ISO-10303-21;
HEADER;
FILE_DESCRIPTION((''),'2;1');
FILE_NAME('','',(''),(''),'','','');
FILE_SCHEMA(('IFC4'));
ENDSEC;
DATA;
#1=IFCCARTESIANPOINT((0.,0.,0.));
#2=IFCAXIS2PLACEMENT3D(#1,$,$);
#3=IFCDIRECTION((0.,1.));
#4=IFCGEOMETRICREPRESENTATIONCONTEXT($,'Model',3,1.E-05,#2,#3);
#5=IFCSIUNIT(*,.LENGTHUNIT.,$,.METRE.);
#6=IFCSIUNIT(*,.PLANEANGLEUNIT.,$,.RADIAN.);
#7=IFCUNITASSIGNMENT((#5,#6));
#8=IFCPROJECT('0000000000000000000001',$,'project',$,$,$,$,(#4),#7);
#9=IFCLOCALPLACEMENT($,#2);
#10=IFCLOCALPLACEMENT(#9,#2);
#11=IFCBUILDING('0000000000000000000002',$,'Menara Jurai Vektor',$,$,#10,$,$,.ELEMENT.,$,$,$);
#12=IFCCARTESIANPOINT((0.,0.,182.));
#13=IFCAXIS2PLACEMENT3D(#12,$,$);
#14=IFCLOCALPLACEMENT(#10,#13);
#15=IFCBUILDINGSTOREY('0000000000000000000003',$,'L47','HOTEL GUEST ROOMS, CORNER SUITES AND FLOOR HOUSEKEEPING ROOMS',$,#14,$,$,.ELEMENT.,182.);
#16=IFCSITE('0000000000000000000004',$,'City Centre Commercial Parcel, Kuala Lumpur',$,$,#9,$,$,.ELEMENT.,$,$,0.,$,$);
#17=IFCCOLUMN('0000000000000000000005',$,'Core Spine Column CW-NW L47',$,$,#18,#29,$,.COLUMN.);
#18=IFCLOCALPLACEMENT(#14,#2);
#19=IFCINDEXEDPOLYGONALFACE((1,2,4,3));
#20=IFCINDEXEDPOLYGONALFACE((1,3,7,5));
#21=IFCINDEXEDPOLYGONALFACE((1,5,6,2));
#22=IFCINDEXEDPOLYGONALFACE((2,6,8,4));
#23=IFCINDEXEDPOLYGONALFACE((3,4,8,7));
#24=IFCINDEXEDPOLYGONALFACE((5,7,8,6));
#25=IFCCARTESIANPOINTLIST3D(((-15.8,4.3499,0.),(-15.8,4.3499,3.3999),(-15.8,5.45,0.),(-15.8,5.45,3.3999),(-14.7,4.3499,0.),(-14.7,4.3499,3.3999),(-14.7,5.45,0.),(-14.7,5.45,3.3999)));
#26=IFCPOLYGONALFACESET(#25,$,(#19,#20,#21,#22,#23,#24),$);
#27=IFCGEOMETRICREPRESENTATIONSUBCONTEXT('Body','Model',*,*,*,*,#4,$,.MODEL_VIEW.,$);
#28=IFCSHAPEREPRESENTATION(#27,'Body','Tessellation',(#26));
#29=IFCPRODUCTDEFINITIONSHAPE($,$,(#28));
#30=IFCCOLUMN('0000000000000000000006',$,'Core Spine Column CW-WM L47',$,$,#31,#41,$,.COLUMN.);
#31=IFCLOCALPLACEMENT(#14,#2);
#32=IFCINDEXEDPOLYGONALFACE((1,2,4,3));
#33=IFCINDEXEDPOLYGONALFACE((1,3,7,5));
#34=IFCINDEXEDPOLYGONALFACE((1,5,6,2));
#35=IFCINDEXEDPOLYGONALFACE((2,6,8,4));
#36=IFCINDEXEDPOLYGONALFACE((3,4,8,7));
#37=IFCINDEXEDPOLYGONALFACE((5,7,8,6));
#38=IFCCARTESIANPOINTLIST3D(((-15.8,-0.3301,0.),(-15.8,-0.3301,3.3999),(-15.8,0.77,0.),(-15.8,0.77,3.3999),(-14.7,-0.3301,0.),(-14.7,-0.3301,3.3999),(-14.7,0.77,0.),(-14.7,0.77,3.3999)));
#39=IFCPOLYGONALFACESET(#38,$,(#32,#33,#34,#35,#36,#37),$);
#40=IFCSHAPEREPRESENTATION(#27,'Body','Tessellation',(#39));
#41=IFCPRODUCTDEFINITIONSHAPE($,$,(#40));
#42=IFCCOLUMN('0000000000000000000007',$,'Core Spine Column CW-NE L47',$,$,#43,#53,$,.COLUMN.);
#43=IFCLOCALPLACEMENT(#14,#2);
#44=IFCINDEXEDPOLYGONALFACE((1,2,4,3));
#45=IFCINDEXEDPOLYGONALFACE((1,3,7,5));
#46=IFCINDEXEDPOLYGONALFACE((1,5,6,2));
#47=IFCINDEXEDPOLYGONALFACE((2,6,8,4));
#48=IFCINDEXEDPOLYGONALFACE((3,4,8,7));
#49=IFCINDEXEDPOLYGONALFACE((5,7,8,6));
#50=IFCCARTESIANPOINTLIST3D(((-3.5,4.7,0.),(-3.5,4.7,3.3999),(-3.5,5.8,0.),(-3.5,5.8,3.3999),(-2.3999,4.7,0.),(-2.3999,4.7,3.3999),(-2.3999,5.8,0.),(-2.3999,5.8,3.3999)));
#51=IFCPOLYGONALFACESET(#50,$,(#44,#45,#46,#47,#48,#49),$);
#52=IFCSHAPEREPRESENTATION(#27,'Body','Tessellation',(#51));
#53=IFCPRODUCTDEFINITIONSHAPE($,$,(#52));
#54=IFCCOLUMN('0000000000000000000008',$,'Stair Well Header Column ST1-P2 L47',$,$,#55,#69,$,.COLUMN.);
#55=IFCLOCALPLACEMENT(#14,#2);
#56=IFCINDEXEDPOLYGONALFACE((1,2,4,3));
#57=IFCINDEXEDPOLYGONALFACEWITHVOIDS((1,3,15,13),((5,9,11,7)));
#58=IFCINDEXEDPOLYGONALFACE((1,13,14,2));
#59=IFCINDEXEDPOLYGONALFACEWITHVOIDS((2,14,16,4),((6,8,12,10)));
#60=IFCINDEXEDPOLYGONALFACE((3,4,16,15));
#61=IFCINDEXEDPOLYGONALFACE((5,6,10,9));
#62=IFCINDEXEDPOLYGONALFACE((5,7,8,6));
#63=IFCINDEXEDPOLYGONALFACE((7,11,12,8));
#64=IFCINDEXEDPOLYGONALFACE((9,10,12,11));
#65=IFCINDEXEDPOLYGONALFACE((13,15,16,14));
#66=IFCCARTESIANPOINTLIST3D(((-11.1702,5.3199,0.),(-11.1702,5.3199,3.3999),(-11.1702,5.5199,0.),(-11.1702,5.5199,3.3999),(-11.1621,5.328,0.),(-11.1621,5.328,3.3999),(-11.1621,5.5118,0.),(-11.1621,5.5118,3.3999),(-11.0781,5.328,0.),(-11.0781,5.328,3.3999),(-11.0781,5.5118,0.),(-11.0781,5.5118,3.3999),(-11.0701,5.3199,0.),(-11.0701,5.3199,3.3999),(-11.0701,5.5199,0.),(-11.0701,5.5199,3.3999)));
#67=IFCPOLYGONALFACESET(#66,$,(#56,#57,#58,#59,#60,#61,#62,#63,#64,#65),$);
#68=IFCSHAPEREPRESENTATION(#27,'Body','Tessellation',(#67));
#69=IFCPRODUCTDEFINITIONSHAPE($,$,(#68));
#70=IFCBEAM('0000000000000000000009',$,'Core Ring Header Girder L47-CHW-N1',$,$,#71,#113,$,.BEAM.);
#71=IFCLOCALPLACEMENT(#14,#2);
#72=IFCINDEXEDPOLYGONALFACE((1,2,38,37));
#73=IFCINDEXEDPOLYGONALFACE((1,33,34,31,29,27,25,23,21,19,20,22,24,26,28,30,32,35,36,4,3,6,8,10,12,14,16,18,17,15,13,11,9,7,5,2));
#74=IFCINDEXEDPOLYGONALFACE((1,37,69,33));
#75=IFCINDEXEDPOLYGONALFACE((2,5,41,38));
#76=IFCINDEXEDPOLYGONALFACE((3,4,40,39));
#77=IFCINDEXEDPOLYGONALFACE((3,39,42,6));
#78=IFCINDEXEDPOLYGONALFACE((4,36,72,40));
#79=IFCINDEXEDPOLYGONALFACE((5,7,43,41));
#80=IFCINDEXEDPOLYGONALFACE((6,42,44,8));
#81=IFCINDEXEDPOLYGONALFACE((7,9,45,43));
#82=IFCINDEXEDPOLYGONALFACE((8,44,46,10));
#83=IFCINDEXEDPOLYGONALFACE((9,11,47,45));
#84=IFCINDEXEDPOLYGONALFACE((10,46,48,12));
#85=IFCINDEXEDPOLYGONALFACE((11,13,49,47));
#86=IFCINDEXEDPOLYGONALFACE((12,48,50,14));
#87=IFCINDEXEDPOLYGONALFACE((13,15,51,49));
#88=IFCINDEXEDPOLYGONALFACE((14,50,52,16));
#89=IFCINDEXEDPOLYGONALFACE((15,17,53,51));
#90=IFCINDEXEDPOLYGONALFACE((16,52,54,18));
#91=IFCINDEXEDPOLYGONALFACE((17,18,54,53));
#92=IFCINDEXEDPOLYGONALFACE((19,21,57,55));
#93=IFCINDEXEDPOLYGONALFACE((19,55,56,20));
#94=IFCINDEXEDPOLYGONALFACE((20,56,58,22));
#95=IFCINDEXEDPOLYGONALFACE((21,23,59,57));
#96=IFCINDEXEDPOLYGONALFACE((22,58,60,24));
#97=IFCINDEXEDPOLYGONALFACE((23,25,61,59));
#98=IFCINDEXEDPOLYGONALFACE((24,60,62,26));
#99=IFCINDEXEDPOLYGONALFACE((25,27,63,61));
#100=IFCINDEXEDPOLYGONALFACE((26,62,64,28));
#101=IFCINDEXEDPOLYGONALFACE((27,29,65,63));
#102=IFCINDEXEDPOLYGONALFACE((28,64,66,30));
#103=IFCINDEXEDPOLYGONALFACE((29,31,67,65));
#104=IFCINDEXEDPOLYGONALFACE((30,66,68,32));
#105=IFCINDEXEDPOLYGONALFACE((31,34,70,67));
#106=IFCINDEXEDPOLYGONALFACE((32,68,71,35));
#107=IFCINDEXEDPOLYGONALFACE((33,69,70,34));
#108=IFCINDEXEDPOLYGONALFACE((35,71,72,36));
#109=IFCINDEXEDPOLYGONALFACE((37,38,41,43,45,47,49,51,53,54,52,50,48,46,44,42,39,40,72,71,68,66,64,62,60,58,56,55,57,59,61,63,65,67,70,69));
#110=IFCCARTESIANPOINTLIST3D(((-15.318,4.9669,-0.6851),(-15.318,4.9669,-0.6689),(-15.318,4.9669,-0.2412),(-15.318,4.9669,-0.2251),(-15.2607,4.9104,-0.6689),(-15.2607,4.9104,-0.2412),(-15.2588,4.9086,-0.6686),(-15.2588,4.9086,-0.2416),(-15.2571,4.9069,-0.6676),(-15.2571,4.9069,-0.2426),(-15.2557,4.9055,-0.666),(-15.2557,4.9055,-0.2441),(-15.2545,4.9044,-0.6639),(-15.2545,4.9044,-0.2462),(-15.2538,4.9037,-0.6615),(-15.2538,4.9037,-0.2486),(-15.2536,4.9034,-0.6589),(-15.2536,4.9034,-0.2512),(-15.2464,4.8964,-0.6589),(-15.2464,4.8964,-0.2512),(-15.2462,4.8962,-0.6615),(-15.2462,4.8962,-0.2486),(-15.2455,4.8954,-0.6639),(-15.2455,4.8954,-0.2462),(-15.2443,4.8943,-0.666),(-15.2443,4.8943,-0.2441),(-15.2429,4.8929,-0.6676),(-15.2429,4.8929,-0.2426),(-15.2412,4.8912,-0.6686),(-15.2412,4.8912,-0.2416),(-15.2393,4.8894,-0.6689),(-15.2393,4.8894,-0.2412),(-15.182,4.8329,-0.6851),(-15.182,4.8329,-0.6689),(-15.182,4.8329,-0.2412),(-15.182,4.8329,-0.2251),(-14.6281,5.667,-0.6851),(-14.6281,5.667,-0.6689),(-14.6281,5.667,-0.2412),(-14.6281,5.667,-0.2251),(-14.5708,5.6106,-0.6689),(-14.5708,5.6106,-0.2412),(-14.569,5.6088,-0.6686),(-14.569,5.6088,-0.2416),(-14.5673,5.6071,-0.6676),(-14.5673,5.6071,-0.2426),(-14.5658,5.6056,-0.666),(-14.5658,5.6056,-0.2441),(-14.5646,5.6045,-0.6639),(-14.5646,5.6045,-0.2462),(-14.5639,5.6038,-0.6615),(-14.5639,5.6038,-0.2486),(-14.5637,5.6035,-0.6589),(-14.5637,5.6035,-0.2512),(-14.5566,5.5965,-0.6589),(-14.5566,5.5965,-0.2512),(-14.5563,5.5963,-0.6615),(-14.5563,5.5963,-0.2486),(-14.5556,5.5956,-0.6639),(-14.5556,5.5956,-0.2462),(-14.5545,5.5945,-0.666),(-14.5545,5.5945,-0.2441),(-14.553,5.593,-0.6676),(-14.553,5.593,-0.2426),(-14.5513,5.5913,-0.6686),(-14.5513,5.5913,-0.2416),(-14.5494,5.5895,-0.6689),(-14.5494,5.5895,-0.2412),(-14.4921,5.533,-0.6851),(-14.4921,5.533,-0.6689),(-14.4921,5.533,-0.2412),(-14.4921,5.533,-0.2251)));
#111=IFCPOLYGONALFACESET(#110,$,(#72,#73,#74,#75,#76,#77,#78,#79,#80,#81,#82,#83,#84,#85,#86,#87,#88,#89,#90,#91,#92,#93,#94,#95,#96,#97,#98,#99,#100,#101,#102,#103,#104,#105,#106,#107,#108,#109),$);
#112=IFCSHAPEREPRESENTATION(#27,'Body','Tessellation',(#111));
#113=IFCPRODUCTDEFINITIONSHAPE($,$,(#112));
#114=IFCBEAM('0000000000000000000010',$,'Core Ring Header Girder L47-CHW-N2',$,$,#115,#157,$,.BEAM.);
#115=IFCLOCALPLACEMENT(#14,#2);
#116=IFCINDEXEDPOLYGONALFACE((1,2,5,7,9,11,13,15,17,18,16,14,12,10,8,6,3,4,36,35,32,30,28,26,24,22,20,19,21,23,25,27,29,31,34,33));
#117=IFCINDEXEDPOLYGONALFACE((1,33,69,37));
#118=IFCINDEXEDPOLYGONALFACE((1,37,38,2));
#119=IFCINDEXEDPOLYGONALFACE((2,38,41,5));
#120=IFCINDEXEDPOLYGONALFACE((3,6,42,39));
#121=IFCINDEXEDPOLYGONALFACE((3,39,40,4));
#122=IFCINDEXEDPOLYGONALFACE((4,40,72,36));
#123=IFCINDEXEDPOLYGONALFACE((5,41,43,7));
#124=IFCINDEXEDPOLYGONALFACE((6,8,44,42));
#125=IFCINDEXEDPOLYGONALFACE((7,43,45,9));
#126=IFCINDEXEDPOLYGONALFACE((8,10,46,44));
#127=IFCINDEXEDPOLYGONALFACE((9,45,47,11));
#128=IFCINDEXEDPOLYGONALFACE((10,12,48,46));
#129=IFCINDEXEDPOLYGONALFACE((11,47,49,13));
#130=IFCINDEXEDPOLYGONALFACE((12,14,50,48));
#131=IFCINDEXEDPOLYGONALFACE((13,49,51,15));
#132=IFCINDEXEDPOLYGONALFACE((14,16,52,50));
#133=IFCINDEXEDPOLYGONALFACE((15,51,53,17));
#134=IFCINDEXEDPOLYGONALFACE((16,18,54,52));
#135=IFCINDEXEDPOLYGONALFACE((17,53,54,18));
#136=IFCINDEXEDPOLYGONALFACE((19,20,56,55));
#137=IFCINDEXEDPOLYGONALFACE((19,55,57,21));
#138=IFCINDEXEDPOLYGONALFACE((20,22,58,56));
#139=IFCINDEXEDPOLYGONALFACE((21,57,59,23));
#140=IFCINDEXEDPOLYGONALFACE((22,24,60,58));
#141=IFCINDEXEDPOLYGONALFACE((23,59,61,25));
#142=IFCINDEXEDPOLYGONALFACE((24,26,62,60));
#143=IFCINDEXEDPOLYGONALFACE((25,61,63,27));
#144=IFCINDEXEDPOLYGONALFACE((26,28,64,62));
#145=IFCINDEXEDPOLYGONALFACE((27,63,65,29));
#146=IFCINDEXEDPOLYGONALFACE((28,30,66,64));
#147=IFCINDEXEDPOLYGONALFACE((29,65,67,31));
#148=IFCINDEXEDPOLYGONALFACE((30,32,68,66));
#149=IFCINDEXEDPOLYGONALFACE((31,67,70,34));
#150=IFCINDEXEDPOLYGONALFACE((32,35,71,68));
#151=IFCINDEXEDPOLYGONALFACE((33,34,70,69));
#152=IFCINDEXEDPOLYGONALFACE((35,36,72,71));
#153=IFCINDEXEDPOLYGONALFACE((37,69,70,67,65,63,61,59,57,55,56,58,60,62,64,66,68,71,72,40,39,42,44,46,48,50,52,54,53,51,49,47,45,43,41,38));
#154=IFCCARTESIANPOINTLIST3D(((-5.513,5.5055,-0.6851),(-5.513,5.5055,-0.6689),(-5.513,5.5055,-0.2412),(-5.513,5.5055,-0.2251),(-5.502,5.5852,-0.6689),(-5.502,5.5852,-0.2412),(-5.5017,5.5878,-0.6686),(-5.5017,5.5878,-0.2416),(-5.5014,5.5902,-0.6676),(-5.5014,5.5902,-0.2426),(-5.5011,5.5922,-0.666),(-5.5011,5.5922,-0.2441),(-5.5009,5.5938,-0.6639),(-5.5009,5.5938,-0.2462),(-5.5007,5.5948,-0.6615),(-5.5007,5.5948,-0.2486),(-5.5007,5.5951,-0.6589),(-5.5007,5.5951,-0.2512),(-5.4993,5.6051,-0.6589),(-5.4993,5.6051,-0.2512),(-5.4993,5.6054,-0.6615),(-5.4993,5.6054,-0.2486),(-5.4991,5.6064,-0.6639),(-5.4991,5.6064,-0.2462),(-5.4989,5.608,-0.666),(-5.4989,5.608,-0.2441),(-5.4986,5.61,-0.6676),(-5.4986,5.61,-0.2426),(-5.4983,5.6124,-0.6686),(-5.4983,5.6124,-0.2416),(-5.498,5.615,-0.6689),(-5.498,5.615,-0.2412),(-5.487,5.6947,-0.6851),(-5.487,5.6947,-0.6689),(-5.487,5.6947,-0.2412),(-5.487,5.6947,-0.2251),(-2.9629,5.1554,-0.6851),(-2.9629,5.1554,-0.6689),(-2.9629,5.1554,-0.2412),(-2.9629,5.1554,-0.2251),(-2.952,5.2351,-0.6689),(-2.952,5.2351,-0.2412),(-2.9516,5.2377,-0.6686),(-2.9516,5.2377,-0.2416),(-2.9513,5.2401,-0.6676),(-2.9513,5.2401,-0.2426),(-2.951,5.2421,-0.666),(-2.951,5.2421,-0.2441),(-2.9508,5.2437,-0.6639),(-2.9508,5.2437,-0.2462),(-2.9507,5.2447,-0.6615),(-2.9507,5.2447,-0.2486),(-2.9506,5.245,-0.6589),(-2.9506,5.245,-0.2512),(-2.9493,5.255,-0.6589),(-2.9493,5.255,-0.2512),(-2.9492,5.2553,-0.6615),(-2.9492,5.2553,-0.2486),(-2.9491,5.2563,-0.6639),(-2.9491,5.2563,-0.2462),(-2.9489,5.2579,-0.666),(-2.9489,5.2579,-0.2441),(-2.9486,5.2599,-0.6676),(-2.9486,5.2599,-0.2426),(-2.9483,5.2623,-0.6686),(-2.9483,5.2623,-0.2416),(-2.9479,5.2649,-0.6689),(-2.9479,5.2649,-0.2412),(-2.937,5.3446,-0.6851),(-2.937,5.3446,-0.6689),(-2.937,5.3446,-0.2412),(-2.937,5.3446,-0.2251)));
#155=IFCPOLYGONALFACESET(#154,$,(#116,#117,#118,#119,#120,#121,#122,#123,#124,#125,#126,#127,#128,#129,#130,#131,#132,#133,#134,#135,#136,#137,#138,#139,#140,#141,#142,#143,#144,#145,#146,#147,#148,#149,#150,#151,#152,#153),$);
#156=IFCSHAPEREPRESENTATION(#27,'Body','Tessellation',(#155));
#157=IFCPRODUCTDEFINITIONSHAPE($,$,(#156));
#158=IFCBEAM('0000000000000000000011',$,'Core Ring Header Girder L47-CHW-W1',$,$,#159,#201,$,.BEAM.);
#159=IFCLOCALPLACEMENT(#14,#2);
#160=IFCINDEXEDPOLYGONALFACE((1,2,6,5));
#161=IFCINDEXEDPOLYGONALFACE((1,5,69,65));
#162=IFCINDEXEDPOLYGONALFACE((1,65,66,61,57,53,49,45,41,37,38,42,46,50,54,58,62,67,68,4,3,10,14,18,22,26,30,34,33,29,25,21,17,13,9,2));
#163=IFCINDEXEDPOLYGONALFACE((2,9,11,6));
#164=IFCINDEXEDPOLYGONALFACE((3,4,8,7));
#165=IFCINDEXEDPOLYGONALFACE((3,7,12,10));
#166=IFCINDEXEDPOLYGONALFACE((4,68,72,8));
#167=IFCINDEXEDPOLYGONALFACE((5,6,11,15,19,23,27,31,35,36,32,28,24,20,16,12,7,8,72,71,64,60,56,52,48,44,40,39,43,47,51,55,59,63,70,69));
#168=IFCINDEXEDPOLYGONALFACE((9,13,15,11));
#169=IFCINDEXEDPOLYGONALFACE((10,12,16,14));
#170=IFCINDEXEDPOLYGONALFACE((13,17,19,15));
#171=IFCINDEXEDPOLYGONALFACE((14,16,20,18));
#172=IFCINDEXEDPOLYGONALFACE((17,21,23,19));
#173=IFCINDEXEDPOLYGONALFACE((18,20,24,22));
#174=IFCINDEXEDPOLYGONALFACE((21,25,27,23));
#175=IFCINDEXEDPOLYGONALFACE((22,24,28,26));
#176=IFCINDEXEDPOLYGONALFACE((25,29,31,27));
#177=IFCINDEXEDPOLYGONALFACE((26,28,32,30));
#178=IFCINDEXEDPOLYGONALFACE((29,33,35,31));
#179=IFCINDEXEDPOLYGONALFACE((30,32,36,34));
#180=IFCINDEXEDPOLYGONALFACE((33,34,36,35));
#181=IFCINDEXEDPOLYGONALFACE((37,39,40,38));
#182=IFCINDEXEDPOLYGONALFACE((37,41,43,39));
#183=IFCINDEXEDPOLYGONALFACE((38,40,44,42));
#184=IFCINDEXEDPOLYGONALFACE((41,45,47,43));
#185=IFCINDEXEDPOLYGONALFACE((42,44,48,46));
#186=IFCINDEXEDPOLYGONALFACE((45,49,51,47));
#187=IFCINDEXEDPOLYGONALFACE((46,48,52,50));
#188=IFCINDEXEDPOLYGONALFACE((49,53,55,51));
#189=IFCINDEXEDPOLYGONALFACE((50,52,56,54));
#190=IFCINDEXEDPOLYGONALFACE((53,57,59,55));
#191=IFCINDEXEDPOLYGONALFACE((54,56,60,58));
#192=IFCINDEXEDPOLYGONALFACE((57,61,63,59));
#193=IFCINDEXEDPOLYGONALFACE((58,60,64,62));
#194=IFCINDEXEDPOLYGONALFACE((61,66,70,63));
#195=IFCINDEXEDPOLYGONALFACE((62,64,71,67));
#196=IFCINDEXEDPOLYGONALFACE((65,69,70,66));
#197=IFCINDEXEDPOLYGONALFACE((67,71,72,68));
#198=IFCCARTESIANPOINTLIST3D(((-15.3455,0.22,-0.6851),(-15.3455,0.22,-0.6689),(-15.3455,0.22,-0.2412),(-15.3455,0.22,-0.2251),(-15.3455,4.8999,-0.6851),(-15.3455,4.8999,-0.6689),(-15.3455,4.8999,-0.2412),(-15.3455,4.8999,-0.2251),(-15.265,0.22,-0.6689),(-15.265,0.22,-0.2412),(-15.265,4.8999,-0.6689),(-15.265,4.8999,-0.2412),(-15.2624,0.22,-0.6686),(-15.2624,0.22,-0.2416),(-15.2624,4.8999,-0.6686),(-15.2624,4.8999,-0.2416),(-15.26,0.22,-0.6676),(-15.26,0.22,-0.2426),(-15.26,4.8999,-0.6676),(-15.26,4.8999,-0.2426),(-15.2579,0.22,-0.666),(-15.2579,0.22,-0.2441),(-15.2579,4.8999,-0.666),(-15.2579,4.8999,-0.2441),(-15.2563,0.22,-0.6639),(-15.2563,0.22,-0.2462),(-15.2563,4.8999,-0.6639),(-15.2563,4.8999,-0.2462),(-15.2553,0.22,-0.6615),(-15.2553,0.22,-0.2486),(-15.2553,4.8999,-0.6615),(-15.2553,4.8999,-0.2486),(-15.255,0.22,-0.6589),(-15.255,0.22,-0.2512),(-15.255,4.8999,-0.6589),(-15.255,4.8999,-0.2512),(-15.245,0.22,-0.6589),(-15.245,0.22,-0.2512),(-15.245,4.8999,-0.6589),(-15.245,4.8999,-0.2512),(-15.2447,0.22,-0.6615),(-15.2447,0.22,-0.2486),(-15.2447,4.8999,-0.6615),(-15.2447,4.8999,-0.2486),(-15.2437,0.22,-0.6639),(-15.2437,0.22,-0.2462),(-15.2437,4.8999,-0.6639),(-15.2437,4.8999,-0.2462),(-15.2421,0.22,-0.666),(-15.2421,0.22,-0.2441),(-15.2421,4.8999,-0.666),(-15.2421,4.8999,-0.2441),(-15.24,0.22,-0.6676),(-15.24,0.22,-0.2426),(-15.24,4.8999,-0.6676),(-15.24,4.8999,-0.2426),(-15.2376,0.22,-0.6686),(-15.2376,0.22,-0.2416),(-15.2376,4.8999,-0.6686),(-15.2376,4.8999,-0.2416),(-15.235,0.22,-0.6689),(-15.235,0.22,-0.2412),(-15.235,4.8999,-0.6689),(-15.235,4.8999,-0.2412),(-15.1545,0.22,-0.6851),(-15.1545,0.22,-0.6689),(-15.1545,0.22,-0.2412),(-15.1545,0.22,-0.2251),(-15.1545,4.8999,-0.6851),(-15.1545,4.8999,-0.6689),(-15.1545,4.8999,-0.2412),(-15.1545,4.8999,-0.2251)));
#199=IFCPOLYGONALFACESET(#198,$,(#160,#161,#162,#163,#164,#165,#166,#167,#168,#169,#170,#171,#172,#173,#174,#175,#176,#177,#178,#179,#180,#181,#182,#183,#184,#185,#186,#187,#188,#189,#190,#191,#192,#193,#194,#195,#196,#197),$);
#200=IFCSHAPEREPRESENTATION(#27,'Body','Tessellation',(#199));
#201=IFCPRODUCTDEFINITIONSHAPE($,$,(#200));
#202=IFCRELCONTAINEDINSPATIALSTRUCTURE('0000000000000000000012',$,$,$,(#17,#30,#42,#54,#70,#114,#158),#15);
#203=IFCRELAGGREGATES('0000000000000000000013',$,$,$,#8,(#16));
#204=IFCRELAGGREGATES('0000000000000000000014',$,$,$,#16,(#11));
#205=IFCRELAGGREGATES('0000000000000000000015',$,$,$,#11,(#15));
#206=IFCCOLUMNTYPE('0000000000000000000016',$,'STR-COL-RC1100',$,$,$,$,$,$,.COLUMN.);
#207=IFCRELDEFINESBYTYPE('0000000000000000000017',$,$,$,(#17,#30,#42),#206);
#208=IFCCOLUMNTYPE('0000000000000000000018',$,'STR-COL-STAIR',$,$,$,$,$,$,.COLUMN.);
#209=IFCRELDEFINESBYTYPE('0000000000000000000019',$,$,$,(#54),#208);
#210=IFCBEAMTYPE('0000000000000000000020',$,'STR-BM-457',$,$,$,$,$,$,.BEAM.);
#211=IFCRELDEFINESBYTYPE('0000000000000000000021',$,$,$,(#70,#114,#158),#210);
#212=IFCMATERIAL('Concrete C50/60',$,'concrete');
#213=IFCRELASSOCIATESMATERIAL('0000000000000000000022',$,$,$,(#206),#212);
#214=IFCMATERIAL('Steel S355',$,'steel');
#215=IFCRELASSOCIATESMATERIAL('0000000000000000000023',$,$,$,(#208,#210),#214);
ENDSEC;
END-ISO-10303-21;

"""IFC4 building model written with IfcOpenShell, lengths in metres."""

from ifc_helpers import new_model, si_unit, direction, frame, origin, origin_2d, place, context, subcontext, project, spatial, rectangle, hollow_rectangle, i_section, extrude, material, material_profile, profile_set, type_object, element, save


model = new_model("IFC4")

# Units and contexts
model_context = context("Model", 3, precision=1e-05, world=origin(), true_north=direction((0.0, 1.0)))
body_context = subcontext(model_context, "Body", "Model", "MODEL_VIEW")
ifc_project = project(units=[si_unit("LENGTHUNIT", "METRE"), si_unit("PLANEANGLEUNIT", "RADIAN")], contexts=[model_context])

# Site, building, storey
site_placement = place(None, origin())
site = spatial("IfcSite", under=ifc_project, at=site_placement, Name="City Centre Commercial Parcel, Kuala Lumpur", CompositionType="ELEMENT", RefElevation=0.0)
building_placement = place(site_placement, origin())
building = spatial("IfcBuilding", under=site, at=building_placement, Name="Menara Jurai Vektor", CompositionType="ELEMENT")
storey_placement = place(building_placement, frame((0.0, 0.0, 182.0)))
storey = spatial("IfcBuildingStorey", under=building, at=storey_placement, Name="L47", Description="HOTEL GUEST ROOMS, CORNER SUITES AND FLOOR HOUSEKEEPING ROOMS", CompositionType="ELEMENT", Elevation=182.0)

# Columns
ifc_material_1 = material(Name="Concrete C50/60", Category="concrete")
ifc_material_profile_1 = material_profile(ifc_material_1, rectangle(XDim=1.1001, YDim=1.1001, at=origin_2d()), Name="RC 1100x1100")
ifc_profile_set_1 = profile_set([ifc_material_profile_1], Name="Concrete C50/60")
column_type_1 = type_object("IfcColumnType", Name="STR-COL-RC1100", PredefinedType="COLUMN", material=ifc_profile_set_1)
for number, where, z_axis, x_axis, name in (
    (1, (-15.25, 4.8999, 0.0), (0.0, 0.0, 1.0), (1.0, 0.0, 0.0), "Core Spine Column CW-NW L47"),
    (2, (-15.25, 0.22, 0.0), (0.0, 0.0, 1.0), (1.0, 0.0, 0.0), "Core Spine Column CW-WM L47"),
    (3, (-2.95, 5.25, 0.0), (0.0, 0.0, 1.0), (1.0, 0.0, 0.0), "Core Spine Column CW-NE L47"),
):
    element("IfcColumn", number, at=place(storey_placement, frame(where, z_axis=z_axis, x_axis=x_axis)), inside=storey, type_object=column_type_1, Name=name, PredefinedType="COLUMN", context=body_context, shape_type="SweptSolid", body=[
        extrude(rectangle(XDim=1.1001, YDim=1.1001, at=origin_2d()), origin(), (0.0, 0.0, 1.0), 3.3999),
    ])
ifc_material_2 = material(Name="Steel S355", Category="steel")
ifc_material_profile_2 = material_profile(ifc_material_2, hollow_rectangle(XDim=0.1001, YDim=0.2, WallThickness=0.0081, at=origin_2d()), Name="RHS 200x100x8")
ifc_profile_set_2 = profile_set([ifc_material_profile_2], Name="Steel S355")
column_type_2 = type_object("IfcColumnType", Name="STR-COL-STAIR", PredefinedType="COLUMN", material=ifc_profile_set_2)
column_placement = place(storey_placement, frame((-11.1201, 5.4199, 0.0), z_axis=(0.0, 0.0, 1.0), x_axis=(1.0, 0.0, 0.0)))
element("IfcColumn", 4, at=column_placement, inside=storey, type_object=column_type_2, Name="Stair Well Header Column ST1-P2 L47", PredefinedType="COLUMN", context=body_context, shape_type="SweptSolid", body=[
    extrude(hollow_rectangle(XDim=0.1001, YDim=0.2, WallThickness=0.0081, at=origin_2d()), origin(), (0.0, 0.0, 1.0), 3.3999),
])

# Beams
ifc_material_profile_3 = material_profile(ifc_material_2, i_section(OverallWidth=0.1909, OverallDepth=0.46, WebThickness=0.01, FlangeThickness=0.0161, FilletRadius=0.01, at=origin_2d()), Name="UKB 457x191x82")
ifc_profile_set_3 = profile_set([ifc_material_profile_3], Name="Steel S355")
beam_type_1 = type_object("IfcBeamType", Name="STR-BM-457", PredefinedType="BEAM", material=ifc_profile_set_3)
beam_1_placement = place(storey_placement, frame((-15.25, 4.8999, -0.4551), z_axis=(0.701872, 0.712303, 0.0), x_axis=(-0.712303, 0.701872, 0.0)))
element("IfcBeam", 5, at=beam_1_placement, inside=storey, type_object=beam_type_1, Name="Core Ring Header Girder L47-CHW-N1", PredefinedType="BEAM", context=body_context, shape_type="SweptSolid", body=[
    extrude(i_section(OverallWidth=0.1909, OverallDepth=0.46, WebThickness=0.01, FlangeThickness=0.0161, FilletRadius=0.01, at=origin_2d()), origin(), (0.0, 0.0, 1.0), 0.9829),
])
beam_2_placement = place(storey_placement, frame((-5.5, 5.6001, -0.4551), z_axis=(0.990707, -0.136015, 0.0), x_axis=(0.136015, 0.990707, 0.0)))
element("IfcBeam", 6, at=beam_2_placement, inside=storey, type_object=beam_type_1, Name="Core Ring Header Girder L47-CHW-N2", PredefinedType="BEAM", context=body_context, shape_type="SweptSolid", body=[
    extrude(i_section(OverallWidth=0.1909, OverallDepth=0.46, WebThickness=0.01, FlangeThickness=0.0161, FilletRadius=0.01, at=origin_2d()), origin(), (0.0, 0.0, 1.0), 2.574),
])
beam_3_placement = place(storey_placement, frame((-15.25, 0.22, -0.4551), z_axis=(0.0, 1.0, 0.0), x_axis=(-1.0, 0.0, 0.0)))
element("IfcBeam", 7, at=beam_3_placement, inside=storey, type_object=beam_type_1, Name="Core Ring Header Girder L47-CHW-W1", PredefinedType="BEAM", context=body_context, shape_type="SweptSolid", body=[
    extrude(i_section(OverallWidth=0.1909, OverallDepth=0.46, WebThickness=0.01, FlangeThickness=0.0161, FilletRadius=0.01, at=origin_2d()), origin(), (0.0, 0.0, 1.0), 4.6799),
])

save(model, "model.ifc")
